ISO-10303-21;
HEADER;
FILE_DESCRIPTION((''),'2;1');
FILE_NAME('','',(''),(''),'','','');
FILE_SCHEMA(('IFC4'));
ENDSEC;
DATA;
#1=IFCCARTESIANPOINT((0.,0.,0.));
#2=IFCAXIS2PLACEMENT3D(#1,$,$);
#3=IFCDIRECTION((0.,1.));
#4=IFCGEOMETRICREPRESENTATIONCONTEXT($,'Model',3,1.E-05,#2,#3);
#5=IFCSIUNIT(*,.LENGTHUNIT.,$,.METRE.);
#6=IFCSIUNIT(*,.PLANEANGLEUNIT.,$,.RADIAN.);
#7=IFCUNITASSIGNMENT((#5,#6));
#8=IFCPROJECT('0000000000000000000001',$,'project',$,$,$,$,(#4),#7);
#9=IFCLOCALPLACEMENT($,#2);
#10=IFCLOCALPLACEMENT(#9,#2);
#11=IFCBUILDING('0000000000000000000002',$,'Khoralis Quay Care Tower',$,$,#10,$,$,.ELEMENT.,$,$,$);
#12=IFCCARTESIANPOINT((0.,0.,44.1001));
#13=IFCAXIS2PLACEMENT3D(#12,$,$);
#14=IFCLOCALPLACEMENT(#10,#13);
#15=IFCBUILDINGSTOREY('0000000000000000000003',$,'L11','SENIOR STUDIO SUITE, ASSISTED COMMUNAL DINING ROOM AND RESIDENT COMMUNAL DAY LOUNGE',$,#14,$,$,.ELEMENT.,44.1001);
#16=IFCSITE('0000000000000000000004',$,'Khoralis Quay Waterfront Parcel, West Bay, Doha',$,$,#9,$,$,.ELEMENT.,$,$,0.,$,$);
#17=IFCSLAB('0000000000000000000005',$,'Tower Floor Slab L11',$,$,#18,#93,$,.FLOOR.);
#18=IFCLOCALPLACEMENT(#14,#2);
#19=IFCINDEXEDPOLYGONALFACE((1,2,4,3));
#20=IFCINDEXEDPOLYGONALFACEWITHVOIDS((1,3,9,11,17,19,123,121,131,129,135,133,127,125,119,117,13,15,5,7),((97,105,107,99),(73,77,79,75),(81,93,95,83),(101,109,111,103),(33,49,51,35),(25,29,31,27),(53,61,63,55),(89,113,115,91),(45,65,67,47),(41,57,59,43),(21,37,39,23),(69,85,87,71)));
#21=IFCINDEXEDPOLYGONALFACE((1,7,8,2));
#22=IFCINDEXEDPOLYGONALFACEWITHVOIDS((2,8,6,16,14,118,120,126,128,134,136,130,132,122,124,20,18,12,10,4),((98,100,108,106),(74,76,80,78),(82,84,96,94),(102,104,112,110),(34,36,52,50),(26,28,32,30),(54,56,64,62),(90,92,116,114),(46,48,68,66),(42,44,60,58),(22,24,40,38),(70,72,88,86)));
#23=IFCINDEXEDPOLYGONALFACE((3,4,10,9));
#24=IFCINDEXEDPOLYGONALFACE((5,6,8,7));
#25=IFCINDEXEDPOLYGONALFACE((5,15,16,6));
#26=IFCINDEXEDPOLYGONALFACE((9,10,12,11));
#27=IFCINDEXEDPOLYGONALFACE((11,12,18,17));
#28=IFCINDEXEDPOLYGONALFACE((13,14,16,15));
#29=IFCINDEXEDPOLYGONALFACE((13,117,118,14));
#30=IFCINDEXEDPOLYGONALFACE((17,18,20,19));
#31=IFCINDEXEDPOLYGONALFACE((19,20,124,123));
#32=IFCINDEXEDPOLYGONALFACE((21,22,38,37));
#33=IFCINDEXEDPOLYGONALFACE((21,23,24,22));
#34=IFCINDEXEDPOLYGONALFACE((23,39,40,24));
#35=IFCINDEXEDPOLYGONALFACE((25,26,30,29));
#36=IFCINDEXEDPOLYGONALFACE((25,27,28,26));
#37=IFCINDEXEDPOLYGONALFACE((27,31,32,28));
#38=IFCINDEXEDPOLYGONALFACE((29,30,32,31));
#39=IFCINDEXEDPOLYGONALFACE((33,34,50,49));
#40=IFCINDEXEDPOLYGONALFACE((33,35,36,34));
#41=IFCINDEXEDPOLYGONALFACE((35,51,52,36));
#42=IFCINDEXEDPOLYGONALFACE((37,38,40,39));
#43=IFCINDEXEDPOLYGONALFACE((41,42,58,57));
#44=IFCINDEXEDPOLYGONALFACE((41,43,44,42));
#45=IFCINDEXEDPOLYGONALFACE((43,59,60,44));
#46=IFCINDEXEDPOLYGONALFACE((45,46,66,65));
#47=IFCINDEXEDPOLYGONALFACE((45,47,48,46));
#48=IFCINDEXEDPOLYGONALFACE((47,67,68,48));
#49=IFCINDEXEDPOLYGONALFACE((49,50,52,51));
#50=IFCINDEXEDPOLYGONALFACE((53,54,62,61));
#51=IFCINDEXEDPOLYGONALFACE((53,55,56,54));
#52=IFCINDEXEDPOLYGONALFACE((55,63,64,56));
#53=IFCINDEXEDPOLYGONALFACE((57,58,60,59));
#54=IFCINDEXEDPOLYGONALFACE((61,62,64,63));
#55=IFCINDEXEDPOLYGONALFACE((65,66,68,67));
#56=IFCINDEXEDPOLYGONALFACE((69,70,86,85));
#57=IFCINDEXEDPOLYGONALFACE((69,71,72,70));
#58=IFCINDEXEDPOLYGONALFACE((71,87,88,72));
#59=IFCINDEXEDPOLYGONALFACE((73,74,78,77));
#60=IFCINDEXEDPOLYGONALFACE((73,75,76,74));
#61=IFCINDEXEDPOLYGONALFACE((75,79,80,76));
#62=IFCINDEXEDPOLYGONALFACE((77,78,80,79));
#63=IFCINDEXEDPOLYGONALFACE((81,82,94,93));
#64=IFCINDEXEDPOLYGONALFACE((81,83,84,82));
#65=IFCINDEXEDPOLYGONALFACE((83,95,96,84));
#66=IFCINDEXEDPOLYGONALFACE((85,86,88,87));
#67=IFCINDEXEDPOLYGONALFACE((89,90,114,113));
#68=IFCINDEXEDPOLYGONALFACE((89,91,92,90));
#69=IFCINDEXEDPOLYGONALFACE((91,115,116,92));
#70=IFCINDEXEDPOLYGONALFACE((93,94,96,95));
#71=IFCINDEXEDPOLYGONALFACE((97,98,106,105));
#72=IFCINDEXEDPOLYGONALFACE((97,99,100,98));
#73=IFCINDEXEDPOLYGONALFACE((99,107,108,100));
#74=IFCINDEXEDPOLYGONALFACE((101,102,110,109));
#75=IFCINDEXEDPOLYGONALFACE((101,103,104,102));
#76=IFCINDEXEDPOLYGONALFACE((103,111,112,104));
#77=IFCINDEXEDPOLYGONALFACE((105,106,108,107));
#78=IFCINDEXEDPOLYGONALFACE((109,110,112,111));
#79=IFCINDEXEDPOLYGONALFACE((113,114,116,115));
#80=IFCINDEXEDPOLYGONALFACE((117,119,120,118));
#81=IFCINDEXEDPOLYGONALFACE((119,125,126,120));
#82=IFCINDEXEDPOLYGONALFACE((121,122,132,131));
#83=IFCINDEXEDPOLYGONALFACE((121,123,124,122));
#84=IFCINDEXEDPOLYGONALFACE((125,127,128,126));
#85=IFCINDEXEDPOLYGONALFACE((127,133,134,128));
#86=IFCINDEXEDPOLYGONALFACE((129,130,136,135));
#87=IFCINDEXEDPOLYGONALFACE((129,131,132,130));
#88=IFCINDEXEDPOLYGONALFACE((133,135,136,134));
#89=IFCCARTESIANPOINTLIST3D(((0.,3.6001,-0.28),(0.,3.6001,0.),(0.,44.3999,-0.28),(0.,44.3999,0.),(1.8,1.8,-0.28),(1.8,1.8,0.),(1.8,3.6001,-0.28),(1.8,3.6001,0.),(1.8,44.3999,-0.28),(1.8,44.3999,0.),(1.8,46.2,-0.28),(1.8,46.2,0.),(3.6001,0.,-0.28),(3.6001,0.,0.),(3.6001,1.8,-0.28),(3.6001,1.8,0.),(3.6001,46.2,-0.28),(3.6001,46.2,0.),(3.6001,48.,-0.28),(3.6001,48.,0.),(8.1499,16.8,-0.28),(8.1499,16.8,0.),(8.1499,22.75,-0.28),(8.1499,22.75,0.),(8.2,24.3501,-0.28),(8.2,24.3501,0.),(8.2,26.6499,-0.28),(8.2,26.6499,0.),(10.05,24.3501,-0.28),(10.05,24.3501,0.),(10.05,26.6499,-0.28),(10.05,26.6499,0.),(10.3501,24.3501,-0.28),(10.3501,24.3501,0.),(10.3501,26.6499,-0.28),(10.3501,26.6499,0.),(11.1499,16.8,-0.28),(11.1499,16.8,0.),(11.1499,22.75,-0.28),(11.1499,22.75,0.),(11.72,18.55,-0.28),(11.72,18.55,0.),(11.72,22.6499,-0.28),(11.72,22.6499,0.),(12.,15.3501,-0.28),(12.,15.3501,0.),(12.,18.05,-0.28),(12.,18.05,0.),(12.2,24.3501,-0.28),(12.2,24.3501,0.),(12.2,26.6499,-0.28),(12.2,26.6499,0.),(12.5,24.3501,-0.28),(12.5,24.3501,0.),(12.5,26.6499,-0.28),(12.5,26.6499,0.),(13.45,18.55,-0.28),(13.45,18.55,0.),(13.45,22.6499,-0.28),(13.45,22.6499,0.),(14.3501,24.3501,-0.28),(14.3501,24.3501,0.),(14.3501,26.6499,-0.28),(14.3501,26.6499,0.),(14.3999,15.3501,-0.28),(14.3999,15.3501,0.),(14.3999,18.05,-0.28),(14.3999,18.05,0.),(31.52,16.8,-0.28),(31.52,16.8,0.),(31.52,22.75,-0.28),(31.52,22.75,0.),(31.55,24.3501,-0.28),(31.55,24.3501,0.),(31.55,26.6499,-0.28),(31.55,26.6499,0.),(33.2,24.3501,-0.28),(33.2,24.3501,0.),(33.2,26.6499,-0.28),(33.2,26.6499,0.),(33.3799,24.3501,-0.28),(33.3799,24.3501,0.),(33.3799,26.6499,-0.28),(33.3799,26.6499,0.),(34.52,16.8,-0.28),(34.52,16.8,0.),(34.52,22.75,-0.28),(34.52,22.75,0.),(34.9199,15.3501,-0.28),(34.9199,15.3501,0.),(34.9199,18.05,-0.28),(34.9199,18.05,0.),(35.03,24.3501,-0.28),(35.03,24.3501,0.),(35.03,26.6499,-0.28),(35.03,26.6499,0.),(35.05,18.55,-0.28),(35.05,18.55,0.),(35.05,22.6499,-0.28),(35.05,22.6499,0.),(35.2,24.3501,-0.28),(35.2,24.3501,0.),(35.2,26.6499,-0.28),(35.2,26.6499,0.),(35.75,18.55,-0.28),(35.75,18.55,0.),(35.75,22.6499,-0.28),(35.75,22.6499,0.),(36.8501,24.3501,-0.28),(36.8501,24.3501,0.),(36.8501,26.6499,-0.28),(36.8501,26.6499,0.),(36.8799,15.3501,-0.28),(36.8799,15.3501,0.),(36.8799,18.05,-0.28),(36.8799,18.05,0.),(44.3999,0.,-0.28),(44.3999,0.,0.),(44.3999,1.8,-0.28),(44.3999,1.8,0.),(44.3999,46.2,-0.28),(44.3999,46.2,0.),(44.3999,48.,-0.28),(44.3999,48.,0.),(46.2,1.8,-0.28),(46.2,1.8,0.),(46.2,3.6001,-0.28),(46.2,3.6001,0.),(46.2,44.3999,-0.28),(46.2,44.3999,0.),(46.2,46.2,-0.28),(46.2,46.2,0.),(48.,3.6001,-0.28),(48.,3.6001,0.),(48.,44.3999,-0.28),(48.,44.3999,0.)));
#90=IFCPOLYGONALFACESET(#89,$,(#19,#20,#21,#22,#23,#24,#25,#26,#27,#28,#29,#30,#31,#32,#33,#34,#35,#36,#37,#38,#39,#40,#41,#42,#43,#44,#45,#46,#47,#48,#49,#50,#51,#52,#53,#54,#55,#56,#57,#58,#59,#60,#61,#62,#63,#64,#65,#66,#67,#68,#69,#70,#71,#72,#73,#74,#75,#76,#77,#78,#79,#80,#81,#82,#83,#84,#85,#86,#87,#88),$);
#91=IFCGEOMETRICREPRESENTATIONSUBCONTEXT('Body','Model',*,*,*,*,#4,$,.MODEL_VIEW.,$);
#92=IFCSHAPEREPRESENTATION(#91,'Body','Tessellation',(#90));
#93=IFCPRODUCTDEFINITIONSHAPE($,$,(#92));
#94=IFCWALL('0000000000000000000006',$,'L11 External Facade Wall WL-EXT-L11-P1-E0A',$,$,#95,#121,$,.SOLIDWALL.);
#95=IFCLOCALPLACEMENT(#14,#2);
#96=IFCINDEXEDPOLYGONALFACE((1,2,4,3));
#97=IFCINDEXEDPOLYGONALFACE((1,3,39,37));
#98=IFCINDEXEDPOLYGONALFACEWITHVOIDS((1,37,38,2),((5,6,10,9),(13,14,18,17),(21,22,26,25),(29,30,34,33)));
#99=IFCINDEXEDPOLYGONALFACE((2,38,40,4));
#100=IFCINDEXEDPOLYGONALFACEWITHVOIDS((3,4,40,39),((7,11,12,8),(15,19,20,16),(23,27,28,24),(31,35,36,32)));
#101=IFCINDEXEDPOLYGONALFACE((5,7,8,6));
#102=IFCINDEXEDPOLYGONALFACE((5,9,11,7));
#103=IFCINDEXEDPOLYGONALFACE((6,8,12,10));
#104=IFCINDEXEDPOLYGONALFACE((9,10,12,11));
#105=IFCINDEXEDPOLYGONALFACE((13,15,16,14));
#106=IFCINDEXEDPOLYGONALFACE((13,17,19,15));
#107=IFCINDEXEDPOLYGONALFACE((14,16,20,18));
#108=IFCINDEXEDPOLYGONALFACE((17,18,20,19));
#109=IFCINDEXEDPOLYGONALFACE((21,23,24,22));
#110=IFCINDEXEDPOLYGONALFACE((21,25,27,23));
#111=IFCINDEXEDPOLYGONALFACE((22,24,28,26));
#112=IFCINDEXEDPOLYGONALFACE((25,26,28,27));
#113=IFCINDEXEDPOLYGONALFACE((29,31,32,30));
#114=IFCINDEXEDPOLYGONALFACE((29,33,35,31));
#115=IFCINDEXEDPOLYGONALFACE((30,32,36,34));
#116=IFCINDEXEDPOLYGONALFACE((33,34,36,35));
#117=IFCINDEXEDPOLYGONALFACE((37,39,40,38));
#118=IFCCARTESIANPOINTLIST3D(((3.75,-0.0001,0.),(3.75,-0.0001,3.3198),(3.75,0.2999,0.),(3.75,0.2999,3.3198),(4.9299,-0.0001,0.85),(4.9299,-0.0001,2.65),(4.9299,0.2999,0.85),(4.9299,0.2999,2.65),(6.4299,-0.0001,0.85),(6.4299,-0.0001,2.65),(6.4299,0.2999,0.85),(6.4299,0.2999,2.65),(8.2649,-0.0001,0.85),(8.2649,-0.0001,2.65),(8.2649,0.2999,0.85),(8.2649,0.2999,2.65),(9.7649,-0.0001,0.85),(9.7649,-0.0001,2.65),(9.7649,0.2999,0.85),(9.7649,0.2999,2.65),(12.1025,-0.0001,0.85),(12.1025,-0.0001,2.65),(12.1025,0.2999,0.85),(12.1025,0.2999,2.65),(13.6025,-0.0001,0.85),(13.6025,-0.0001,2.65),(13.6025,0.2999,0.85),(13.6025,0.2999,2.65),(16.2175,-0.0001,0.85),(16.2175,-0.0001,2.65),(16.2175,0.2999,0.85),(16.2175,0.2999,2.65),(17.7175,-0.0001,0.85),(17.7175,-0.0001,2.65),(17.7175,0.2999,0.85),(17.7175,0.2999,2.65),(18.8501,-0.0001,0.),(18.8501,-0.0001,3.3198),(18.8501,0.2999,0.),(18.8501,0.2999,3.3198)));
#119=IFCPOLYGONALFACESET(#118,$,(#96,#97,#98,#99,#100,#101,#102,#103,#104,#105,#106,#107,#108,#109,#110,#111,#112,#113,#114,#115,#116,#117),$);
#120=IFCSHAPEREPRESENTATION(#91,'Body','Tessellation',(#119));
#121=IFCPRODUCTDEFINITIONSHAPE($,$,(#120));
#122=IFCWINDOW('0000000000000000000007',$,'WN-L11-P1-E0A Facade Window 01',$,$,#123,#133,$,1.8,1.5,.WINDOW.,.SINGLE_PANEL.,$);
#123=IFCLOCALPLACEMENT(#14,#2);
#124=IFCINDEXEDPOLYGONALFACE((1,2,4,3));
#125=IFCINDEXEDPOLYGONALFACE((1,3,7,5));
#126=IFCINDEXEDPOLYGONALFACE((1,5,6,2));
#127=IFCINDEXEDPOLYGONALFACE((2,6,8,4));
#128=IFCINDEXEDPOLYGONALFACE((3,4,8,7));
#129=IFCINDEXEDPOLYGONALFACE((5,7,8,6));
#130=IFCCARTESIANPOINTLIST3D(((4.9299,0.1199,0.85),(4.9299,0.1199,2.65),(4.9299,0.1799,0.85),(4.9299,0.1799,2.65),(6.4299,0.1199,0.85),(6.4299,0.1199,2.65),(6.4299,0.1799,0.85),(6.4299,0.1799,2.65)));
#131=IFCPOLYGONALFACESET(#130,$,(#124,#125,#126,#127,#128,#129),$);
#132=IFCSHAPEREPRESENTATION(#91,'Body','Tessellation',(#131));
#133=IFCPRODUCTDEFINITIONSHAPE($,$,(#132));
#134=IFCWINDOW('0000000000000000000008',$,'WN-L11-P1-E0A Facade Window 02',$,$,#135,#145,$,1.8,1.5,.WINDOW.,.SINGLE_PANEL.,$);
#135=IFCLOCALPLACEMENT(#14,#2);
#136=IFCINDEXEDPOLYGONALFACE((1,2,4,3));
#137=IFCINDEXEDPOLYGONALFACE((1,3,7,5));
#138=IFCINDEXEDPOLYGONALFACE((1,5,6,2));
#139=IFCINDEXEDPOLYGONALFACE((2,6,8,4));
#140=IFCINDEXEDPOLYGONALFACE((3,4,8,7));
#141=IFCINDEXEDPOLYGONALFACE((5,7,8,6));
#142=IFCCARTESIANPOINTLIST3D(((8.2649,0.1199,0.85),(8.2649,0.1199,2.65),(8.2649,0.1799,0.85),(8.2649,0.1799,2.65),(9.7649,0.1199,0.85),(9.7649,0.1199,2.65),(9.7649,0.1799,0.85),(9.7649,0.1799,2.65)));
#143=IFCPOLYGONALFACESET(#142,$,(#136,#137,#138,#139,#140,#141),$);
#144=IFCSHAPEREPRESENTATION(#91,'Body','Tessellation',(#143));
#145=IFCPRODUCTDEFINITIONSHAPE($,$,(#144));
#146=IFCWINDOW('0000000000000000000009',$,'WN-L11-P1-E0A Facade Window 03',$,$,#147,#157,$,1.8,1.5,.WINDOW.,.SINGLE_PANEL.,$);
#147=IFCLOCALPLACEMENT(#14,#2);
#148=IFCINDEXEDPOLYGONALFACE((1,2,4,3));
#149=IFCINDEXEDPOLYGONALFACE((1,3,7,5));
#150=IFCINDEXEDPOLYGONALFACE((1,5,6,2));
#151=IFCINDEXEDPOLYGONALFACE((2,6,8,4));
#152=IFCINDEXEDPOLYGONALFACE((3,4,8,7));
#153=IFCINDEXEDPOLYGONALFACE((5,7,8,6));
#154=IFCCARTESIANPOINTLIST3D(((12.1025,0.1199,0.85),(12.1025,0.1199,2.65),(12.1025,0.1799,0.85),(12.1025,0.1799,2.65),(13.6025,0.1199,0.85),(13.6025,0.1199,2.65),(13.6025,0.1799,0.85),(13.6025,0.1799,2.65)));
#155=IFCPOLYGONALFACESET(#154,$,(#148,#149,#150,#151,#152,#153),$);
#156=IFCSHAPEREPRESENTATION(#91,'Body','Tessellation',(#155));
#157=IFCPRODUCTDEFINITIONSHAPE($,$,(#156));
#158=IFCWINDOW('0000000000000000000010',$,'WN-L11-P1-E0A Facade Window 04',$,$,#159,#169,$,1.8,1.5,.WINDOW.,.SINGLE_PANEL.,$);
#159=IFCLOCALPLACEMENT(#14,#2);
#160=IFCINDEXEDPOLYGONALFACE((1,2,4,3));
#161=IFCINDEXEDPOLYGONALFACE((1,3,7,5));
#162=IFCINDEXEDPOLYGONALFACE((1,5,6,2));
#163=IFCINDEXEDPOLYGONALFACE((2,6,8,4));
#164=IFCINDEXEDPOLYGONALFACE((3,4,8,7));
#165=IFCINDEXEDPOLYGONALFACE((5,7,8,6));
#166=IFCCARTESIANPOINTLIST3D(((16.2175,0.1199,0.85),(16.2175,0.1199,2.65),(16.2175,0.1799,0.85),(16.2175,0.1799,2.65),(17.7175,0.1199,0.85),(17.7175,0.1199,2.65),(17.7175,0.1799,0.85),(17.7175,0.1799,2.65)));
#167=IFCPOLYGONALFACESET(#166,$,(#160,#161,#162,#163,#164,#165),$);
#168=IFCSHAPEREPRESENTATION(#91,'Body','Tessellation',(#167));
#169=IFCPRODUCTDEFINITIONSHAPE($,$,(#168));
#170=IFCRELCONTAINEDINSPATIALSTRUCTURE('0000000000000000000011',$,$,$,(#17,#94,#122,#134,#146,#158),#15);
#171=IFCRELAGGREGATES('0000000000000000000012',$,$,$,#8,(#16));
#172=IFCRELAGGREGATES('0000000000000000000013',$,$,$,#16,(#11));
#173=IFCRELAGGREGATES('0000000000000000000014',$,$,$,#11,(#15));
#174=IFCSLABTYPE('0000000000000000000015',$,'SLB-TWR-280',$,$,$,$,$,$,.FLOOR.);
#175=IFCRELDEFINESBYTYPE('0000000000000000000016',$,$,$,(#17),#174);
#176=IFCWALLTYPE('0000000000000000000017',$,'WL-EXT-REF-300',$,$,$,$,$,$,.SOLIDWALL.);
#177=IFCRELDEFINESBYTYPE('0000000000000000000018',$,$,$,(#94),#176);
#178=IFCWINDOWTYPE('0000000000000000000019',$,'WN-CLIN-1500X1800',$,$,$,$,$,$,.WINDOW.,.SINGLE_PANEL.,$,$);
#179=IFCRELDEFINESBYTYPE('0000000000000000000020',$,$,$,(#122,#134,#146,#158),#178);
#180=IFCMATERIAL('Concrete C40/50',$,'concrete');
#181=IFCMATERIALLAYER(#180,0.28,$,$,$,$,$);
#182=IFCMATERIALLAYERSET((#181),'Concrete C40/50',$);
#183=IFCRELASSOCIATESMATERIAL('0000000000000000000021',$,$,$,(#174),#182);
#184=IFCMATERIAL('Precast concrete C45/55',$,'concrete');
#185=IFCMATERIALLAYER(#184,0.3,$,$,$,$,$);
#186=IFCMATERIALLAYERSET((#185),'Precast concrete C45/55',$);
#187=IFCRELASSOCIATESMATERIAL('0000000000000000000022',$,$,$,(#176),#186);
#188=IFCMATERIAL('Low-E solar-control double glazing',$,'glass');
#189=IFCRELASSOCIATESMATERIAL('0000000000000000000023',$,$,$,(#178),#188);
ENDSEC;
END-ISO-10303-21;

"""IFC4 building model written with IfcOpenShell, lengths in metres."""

from ifc_helpers import new_model, si_unit, direction, frame, frame_2d, origin, place, context, subcontext, project, spatial, polyline, rectangle, outline, extrude, source, transform, mapped, material, layer, layer_set, type_object, element, fill, save


model = new_model("IFC4")

# Units and contexts
model_context = context("Model", 3, precision=1e-05, world=origin(), true_north=direction((0.0, 1.0)))
body_context = subcontext(model_context, "Body", "Model", "MODEL_VIEW")
ifc_project = project(units=[si_unit("LENGTHUNIT", "METRE"), si_unit("PLANEANGLEUNIT", "RADIAN")], contexts=[model_context])

# Site, building, storey
site_placement = place(None, origin())
site = spatial("IfcSite", under=ifc_project, at=site_placement, Name="Khoralis Quay Waterfront Parcel, West Bay, Doha", CompositionType="ELEMENT", RefElevation=0.0)
building_placement = place(site_placement, origin())
building = spatial("IfcBuilding", under=site, at=building_placement, Name="Khoralis Quay Care Tower", CompositionType="ELEMENT")
storey_placement = place(building_placement, frame((0.0, 0.0, 44.1001)))
storey = spatial("IfcBuildingStorey", under=building, at=storey_placement, Name="L11", Description="SENIOR STUDIO SUITE, ASSISTED COMMUNAL DINING ROOM AND RESIDENT COMMUNAL DAY LOUNGE", CompositionType="ELEMENT", Elevation=44.1001)

# Shared definitions
ifc_material_1 = material(Name="Precast concrete C45/55", Category="concrete")

# Slab
ifc_material_2 = material(Name="Concrete C40/50", Category="concrete")
ifc_layer_1 = layer(ifc_material_2, 0.28)
ifc_layer_set_1 = layer_set([ifc_layer_1], Name="Concrete C40/50")
slab_type_1 = type_object("IfcSlabType", Name="SLB-TWR-280", PredefinedType="FLOOR", material=ifc_layer_set_1)
slab_1_placement = place(storey_placement, frame((0.0, 0.0, -0.28)))
element("IfcSlab", 1, at=slab_1_placement, inside=storey, type_object=slab_type_1, Name="Tower Floor Slab L11", PredefinedType="FLOOR", context=body_context, shape_type="SweptSolid", body=[
    extrude(outline(polyline([(3.6001, 0.0), (44.3999, 0.0), (44.3999, 1.8), (46.2, 1.8), (46.2, 3.6001), (48.0, 3.6001), (48.0, 44.3999), (46.2, 44.3999), (46.2, 46.2), (44.3999, 46.2), (44.3999, 48.0), (3.6001, 48.0), (3.6001, 46.2), (1.8, 46.2), (1.8, 44.3999), (0.0, 44.3999), (0.0, 3.6001), (1.8, 3.6001), (1.8, 1.8), (3.6001, 1.8), (3.6001, 0.0)]), holes=[polyline([(11.1499, 16.8), (11.1499, 22.75), (8.1499, 22.75), (8.1499, 16.8), (11.1499, 16.8)]), polyline([(34.52, 16.8), (34.52, 22.75), (31.52, 22.75), (31.52, 16.8), (34.52, 16.8)]), polyline([(12.0, 15.3501), (14.3999, 15.3501), (14.3999, 18.05), (12.0, 18.05), (12.0, 15.3501)]), polyline([(34.9199, 15.3501), (36.8799, 15.3501), (36.8799, 18.05), (34.9199, 18.05), (34.9199, 15.3501)]), polyline([(8.2, 24.3501), (10.05, 24.3501), (10.05, 26.6499), (8.2, 26.6499), (8.2, 24.3501)]), polyline([(31.55, 24.3501), (33.2, 24.3501), (33.2, 26.6499), (31.55, 26.6499), (31.55, 24.3501)]), polyline([(10.3501, 24.3501), (12.2, 24.3501), (12.2, 26.6499), (10.3501, 26.6499), (10.3501, 24.3501)]), polyline([(33.3799, 24.3501), (35.03, 24.3501), (35.03, 26.6499), (33.3799, 26.6499), (33.3799, 24.3501)]), polyline([(12.5, 24.3501), (14.3501, 24.3501), (14.3501, 26.6499), (12.5, 26.6499), (12.5, 24.3501)]), polyline([(35.2, 24.3501), (36.8501, 24.3501), (36.8501, 26.6499), (35.2, 26.6499), (35.2, 24.3501)]), polyline([(11.72, 18.55), (13.45, 18.55), (13.45, 22.6499), (11.72, 22.6499), (11.72, 18.55)]), polyline([(35.05, 18.55), (35.75, 18.55), (35.75, 22.6499), (35.05, 22.6499), (35.05, 18.55)])]), origin(), (0.0, 0.0, 1.0), 0.28),
])

# Wall, openings, windows
ifc_layer_2 = layer(ifc_material_1, 0.3)
ifc_layer_set_2 = layer_set([ifc_layer_2], Name="Precast concrete C45/55")
wall_type_1 = type_object("IfcWallType", Name="WL-EXT-REF-300", PredefinedType="SOLIDWALL", material=ifc_layer_set_2)
wall_1_placement = place(storey_placement, frame((3.75, 0.1499, 0.0), z_axis=(0.0, 0.0, 1.0), x_axis=(1.0, 0.0, 0.0)))
wall_1 = element("IfcWall", 2, at=wall_1_placement, inside=storey, type_object=wall_type_1, Name="L11 External Facade Wall WL-EXT-L11-P1-E0A", PredefinedType="SOLIDWALL", context=body_context, shape_type="SweptSolid", body=[
    extrude(rectangle(XDim=15.1001, YDim=0.3, at=frame_2d((7.55, 0.0))), origin(), (0.0, 0.0, 1.0), 3.3198),
])
opening_1_placement = place(wall_1_placement, frame((1.1799, 0.0, 0.8501)))
opening_1 = element("IfcOpeningElement", 3, at=opening_1_placement, cuts=wall_1, PredefinedType="OPENING", context=body_context, shape_type="SweptSolid", body=[
    extrude(rectangle(XDim=1.5, YDim=1.8, at=frame_2d((0.75, 0.8999))), frame((0.0, 0.1602, 0.0), z_axis=(0.0, -1.0, 0.0), x_axis=(1.0, 0.0, 0.0)), (0.0, 0.0, 1.0), 0.3201),
])
opening_2_placement = place(wall_1_placement, frame((4.5149, 0.0, 0.8501)))
opening_2 = element("IfcOpeningElement", 4, at=opening_2_placement, cuts=wall_1, PredefinedType="OPENING", context=body_context, shape_type="SweptSolid", body=[
    extrude(rectangle(XDim=1.5, YDim=1.8, at=frame_2d((0.75, 0.8999))), frame((0.0, 0.1602, 0.0), z_axis=(0.0, -1.0, 0.0), x_axis=(1.0, 0.0, 0.0)), (0.0, 0.0, 1.0), 0.3201),
])
opening_3_placement = place(wall_1_placement, frame((8.3525, 0.0, 0.8501)))
opening_3 = element("IfcOpeningElement", 5, at=opening_3_placement, cuts=wall_1, PredefinedType="OPENING", context=body_context, shape_type="SweptSolid", body=[
    extrude(rectangle(XDim=1.5, YDim=1.8, at=frame_2d((0.75, 0.8999))), frame((0.0, 0.1602, 0.0), z_axis=(0.0, -1.0, 0.0), x_axis=(1.0, 0.0, 0.0)), (0.0, 0.0, 1.0), 0.3201),
])
opening_4_placement = place(wall_1_placement, frame((12.4675, 0.0, 0.8501)))
opening_4 = element("IfcOpeningElement", 6, at=opening_4_placement, cuts=wall_1, PredefinedType="OPENING", context=body_context, shape_type="SweptSolid", body=[
    extrude(rectangle(XDim=1.5, YDim=1.8, at=frame_2d((0.75, 0.8999))), frame((0.0, 0.1602, 0.0), z_axis=(0.0, -1.0, 0.0), x_axis=(1.0, 0.0, 0.0)), (0.0, 0.0, 1.0), 0.3201),
])
ifc_material_3 = material(Name="Low-E solar-control double glazing", Category="glass")
window_type = type_object("IfcWindowType", Name="WN-CLIN-1500X1800", PartitioningType="SINGLE_PANEL", PredefinedType="WINDOW", material=ifc_material_3)
shared_shape_1 = source(origin(), body_context, "Body", "SweptSolid", [
    extrude(rectangle(XDim=1.5, YDim=1.8, at=frame_2d((0.75, 0.8999))), frame((0.0, 0.03, 0.0), z_axis=(0.0, -1.0, 0.0), x_axis=(1.0, 0.0, 0.0)), (0.0, 0.0, 1.0), 0.0601),
])
window_1_placement = place(opening_1_placement, origin())
window_1 = element("IfcWindow", 7, at=window_1_placement, inside=storey, type_object=window_type, Name="WN-L11-P1-E0A Facade Window 01", OverallHeight=1.8, OverallWidth=1.5, PartitioningType="SINGLE_PANEL", PredefinedType="WINDOW", context=body_context, shape_type="MappedRepresentation", body=[
    mapped(shared_shape_1, transform((0.0, 0.0, 0.0), scale=1.0)),
])
fill(opening_1, window_1)
window_2_placement = place(opening_2_placement, origin())
window_2 = element("IfcWindow", 8, at=window_2_placement, inside=storey, type_object=window_type, Name="WN-L11-P1-E0A Facade Window 02", OverallHeight=1.8, OverallWidth=1.5, PartitioningType="SINGLE_PANEL", PredefinedType="WINDOW", context=body_context, shape_type="MappedRepresentation", body=[
    mapped(shared_shape_1, transform((0.0, 0.0, 0.0), scale=1.0)),
])
fill(opening_2, window_2)
window_3_placement = place(opening_3_placement, origin())
window_3 = element("IfcWindow", 9, at=window_3_placement, inside=storey, type_object=window_type, Name="WN-L11-P1-E0A Facade Window 03", OverallHeight=1.8, OverallWidth=1.5, PartitioningType="SINGLE_PANEL", PredefinedType="WINDOW", context=body_context, shape_type="MappedRepresentation", body=[
    mapped(shared_shape_1, transform((0.0, 0.0, 0.0), scale=1.0)),
])
fill(opening_3, window_3)
window_4_placement = place(opening_4_placement, origin())
window_4 = element("IfcWindow", 10, at=window_4_placement, inside=storey, type_object=window_type, Name="WN-L11-P1-E0A Facade Window 04", OverallHeight=1.8, OverallWidth=1.5, PartitioningType="SINGLE_PANEL", PredefinedType="WINDOW", context=body_context, shape_type="MappedRepresentation", body=[
    mapped(shared_shape_1, transform((0.0, 0.0, 0.0), scale=1.0)),
])
fill(opening_4, window_4)

save(model, "model.ifc")
